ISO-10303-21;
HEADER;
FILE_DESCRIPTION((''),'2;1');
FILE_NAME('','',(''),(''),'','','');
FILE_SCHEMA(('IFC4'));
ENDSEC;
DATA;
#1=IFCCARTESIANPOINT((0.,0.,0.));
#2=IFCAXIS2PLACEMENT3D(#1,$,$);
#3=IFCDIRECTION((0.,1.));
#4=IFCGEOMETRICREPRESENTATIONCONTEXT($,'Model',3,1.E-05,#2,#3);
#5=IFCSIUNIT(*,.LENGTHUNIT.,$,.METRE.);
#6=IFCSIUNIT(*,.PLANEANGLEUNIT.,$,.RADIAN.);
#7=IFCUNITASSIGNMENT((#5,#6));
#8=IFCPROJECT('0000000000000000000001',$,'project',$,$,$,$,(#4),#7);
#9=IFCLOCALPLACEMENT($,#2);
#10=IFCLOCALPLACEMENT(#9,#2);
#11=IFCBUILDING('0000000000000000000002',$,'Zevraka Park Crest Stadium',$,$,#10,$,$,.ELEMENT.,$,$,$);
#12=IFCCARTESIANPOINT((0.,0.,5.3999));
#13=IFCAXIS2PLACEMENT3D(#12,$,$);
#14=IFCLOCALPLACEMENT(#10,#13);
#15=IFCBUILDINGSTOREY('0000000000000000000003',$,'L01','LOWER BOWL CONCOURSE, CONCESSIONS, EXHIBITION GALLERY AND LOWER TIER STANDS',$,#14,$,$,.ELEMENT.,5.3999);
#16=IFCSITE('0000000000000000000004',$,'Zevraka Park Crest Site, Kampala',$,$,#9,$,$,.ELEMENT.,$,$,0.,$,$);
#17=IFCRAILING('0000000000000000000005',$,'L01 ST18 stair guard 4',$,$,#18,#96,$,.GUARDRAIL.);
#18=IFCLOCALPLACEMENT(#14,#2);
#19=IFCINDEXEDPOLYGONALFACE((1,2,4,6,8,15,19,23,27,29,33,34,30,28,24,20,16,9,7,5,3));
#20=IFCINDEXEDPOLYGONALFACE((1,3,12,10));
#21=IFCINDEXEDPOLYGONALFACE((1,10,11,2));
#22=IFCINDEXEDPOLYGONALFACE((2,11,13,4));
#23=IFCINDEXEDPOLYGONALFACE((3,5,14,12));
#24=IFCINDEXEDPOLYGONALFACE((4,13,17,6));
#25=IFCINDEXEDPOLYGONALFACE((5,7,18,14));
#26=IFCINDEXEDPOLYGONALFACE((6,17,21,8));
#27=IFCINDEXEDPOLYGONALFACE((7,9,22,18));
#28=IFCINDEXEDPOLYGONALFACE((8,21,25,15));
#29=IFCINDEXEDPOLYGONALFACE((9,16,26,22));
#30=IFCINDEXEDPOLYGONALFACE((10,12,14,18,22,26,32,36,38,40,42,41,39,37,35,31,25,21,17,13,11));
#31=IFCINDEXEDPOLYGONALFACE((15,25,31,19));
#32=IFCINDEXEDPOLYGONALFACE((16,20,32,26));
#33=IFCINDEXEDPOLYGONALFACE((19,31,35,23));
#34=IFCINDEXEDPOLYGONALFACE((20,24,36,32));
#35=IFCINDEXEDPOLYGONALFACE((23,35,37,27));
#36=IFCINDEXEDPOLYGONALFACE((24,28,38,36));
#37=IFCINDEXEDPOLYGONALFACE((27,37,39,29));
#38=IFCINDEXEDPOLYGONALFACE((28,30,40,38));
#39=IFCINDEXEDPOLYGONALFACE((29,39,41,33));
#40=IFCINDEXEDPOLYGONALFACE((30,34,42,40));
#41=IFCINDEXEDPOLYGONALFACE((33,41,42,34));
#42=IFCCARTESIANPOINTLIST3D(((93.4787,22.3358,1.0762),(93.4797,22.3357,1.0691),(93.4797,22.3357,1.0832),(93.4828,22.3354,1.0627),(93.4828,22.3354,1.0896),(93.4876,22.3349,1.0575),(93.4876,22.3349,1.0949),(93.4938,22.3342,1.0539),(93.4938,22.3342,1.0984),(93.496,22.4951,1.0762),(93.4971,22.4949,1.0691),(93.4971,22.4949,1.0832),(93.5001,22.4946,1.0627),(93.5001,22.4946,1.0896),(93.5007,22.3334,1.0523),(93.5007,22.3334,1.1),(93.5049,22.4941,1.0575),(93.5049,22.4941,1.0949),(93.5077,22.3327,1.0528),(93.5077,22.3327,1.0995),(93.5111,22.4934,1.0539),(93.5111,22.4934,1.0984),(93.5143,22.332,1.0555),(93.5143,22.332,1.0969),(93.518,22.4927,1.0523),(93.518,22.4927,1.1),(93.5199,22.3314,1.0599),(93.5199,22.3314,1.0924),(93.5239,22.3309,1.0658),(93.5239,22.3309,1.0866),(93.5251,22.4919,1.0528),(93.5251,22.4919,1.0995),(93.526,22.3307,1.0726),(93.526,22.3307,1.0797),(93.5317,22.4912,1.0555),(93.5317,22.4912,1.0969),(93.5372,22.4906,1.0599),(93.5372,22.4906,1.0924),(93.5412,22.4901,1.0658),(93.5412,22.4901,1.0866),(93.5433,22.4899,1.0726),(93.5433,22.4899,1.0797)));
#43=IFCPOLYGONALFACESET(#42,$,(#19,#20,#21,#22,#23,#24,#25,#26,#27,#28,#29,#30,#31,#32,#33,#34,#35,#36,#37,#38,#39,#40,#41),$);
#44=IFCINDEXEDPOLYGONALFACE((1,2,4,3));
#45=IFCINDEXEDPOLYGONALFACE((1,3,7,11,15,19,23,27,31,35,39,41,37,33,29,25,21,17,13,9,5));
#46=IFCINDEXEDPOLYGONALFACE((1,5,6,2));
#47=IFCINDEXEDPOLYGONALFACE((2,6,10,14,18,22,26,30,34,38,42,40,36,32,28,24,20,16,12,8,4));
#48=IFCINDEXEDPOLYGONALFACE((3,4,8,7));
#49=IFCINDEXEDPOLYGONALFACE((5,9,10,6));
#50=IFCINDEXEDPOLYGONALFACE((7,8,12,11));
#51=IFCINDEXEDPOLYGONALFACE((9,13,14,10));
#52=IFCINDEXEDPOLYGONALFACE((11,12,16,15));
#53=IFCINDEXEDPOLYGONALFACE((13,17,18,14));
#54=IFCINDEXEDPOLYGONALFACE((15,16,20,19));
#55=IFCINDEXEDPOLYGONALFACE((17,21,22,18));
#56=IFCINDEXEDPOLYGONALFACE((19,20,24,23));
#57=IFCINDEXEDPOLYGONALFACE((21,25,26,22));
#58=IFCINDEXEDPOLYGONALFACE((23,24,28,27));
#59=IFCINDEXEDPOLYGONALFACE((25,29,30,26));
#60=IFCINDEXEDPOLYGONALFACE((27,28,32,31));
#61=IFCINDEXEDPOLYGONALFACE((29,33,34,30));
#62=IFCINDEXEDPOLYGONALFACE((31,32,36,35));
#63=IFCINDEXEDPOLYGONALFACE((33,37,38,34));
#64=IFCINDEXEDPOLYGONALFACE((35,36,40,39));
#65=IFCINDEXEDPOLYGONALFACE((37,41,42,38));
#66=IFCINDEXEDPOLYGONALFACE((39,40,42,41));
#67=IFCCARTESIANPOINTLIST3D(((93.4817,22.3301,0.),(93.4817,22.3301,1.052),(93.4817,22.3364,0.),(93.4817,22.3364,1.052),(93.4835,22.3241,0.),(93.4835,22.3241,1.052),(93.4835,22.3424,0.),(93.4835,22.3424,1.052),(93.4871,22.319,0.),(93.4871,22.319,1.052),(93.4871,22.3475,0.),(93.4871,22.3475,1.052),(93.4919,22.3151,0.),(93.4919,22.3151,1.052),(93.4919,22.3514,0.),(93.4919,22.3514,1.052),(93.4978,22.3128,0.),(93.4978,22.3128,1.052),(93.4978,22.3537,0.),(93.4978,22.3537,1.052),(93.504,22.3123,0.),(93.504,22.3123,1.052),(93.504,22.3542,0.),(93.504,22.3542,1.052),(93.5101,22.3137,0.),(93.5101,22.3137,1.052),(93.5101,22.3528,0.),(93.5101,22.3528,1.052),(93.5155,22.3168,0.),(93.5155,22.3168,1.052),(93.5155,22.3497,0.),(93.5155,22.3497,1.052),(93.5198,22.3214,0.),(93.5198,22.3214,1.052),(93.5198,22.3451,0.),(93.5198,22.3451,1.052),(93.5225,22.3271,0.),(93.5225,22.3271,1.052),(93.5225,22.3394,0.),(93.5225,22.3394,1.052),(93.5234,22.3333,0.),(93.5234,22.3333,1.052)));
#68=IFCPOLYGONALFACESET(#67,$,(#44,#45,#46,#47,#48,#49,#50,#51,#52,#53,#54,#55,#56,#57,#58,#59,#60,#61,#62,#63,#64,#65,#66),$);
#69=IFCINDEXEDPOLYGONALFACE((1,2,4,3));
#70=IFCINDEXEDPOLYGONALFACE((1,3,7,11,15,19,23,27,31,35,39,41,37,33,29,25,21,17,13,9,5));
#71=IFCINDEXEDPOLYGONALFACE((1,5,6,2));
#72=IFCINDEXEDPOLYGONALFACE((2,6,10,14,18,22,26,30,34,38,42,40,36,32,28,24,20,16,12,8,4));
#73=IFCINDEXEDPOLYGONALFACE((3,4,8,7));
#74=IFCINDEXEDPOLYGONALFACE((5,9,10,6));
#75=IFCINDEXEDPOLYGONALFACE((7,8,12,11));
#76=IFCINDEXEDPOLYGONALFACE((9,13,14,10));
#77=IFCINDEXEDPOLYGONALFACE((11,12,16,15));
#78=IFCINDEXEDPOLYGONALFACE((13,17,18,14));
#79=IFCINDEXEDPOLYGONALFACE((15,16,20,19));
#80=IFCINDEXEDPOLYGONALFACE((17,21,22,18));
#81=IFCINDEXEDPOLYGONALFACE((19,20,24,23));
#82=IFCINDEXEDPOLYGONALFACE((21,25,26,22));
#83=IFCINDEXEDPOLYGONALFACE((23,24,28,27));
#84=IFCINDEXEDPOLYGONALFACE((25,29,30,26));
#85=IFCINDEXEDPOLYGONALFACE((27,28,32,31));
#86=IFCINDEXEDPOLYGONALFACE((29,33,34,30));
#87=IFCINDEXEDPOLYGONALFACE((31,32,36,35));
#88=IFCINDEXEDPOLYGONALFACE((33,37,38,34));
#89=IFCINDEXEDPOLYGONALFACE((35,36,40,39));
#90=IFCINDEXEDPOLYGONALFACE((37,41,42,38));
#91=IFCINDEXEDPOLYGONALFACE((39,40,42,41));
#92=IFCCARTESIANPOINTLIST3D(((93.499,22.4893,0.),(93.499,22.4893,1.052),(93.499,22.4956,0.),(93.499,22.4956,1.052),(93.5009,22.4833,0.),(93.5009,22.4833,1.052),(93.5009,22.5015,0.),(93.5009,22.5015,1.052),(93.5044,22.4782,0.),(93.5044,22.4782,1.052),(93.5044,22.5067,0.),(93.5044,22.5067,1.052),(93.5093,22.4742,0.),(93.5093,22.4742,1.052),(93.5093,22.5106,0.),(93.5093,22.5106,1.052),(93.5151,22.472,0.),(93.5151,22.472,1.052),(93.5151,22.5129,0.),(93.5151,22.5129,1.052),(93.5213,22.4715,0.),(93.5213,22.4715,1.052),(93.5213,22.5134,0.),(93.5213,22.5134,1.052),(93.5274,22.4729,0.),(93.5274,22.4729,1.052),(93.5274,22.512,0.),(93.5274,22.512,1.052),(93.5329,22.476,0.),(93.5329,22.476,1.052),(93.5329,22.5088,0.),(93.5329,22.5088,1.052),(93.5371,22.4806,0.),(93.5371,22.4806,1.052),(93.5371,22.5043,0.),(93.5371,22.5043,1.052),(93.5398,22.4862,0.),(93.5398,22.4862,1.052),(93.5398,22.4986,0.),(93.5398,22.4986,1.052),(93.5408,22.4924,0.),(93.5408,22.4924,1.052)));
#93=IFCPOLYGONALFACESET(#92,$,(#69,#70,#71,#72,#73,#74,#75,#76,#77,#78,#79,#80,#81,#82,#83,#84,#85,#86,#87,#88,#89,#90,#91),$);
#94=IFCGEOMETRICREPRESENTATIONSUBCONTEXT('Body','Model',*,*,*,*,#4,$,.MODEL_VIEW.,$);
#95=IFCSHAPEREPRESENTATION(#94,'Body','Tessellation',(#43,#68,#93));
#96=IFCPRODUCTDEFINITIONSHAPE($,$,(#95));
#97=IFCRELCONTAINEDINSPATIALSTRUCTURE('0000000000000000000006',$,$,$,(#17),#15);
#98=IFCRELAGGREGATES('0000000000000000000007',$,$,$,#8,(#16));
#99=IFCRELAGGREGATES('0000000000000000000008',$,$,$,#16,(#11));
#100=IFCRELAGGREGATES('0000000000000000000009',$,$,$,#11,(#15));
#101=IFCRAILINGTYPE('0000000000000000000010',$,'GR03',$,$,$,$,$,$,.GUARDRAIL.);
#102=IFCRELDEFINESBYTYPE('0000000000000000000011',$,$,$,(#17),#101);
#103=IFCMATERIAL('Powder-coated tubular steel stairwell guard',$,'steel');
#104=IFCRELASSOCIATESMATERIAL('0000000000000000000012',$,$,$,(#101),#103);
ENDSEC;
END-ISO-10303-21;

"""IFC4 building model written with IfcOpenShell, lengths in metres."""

from ifc_helpers import new_model, si_unit, direction, frame, origin, origin_2d, place, context, subcontext, project, spatial, circle, extrude, material, type_object, element, save


model = new_model("IFC4")

# Units and contexts
model_context = context("Model", 3, precision=1e-05, world=origin(), true_north=direction((0.0, 1.0)))
body_context = subcontext(model_context, "Body", "Model", "MODEL_VIEW")
ifc_project = project(units=[si_unit("LENGTHUNIT", "METRE"), si_unit("PLANEANGLEUNIT", "RADIAN")], contexts=[model_context])

# Site, building, storey
site_placement = place(None, origin())
site = spatial("IfcSite", under=ifc_project, at=site_placement, Name="Zevraka Park Crest Site, Kampala", CompositionType="ELEMENT", RefElevation=0.0)
building_placement = place(site_placement, origin())
building = spatial("IfcBuilding", under=site, at=building_placement, Name="Zevraka Park Crest Stadium", CompositionType="ELEMENT")
storey_placement = place(building_placement, frame((0.0, 0.0, 5.3999)))
storey = spatial("IfcBuildingStorey", under=building, at=storey_placement, Name="L01", Description="LOWER BOWL CONCOURSE, CONCESSIONS, EXHIBITION GALLERY AND LOWER TIER STANDS", CompositionType="ELEMENT", Elevation=5.3999)

# Railing
ifc_material_1 = material(Name="Powder-coated tubular steel stairwell guard", Category="steel")
railing_type_1 = type_object("IfcRailingType", Name="GR03", PredefinedType="GUARDRAIL", material=ifc_material_1)
railing_1_placement = place(storey_placement, frame((93.5024, 22.3333, 0.0)))
element("IfcRailing", 1, at=railing_1_placement, inside=storey, type_object=railing_type_1, Name="L01 ST18 stair guard 4", PredefinedType="GUARDRAIL", context=body_context, shape_type="SweptSolid", body=[
    extrude(circle(Radius=0.0239, at=origin_2d()), frame((0.0, 0.0, 1.0762), z_axis=(0.108256, 0.994123, 0.0), x_axis=(-0.994123, 0.108256, 0.0)), (0.0, 0.0, 1.0), 0.1602),
    extrude(circle(Radius=0.021, at=origin_2d()), origin(), (0.0, 0.0, 1.0), 1.052),
    extrude(circle(Radius=0.021, at=origin_2d()), frame((0.0173, 0.1592, 0.0)), (0.0, 0.0, 1.0), 1.052),
])

save(model, "model.ifc")
